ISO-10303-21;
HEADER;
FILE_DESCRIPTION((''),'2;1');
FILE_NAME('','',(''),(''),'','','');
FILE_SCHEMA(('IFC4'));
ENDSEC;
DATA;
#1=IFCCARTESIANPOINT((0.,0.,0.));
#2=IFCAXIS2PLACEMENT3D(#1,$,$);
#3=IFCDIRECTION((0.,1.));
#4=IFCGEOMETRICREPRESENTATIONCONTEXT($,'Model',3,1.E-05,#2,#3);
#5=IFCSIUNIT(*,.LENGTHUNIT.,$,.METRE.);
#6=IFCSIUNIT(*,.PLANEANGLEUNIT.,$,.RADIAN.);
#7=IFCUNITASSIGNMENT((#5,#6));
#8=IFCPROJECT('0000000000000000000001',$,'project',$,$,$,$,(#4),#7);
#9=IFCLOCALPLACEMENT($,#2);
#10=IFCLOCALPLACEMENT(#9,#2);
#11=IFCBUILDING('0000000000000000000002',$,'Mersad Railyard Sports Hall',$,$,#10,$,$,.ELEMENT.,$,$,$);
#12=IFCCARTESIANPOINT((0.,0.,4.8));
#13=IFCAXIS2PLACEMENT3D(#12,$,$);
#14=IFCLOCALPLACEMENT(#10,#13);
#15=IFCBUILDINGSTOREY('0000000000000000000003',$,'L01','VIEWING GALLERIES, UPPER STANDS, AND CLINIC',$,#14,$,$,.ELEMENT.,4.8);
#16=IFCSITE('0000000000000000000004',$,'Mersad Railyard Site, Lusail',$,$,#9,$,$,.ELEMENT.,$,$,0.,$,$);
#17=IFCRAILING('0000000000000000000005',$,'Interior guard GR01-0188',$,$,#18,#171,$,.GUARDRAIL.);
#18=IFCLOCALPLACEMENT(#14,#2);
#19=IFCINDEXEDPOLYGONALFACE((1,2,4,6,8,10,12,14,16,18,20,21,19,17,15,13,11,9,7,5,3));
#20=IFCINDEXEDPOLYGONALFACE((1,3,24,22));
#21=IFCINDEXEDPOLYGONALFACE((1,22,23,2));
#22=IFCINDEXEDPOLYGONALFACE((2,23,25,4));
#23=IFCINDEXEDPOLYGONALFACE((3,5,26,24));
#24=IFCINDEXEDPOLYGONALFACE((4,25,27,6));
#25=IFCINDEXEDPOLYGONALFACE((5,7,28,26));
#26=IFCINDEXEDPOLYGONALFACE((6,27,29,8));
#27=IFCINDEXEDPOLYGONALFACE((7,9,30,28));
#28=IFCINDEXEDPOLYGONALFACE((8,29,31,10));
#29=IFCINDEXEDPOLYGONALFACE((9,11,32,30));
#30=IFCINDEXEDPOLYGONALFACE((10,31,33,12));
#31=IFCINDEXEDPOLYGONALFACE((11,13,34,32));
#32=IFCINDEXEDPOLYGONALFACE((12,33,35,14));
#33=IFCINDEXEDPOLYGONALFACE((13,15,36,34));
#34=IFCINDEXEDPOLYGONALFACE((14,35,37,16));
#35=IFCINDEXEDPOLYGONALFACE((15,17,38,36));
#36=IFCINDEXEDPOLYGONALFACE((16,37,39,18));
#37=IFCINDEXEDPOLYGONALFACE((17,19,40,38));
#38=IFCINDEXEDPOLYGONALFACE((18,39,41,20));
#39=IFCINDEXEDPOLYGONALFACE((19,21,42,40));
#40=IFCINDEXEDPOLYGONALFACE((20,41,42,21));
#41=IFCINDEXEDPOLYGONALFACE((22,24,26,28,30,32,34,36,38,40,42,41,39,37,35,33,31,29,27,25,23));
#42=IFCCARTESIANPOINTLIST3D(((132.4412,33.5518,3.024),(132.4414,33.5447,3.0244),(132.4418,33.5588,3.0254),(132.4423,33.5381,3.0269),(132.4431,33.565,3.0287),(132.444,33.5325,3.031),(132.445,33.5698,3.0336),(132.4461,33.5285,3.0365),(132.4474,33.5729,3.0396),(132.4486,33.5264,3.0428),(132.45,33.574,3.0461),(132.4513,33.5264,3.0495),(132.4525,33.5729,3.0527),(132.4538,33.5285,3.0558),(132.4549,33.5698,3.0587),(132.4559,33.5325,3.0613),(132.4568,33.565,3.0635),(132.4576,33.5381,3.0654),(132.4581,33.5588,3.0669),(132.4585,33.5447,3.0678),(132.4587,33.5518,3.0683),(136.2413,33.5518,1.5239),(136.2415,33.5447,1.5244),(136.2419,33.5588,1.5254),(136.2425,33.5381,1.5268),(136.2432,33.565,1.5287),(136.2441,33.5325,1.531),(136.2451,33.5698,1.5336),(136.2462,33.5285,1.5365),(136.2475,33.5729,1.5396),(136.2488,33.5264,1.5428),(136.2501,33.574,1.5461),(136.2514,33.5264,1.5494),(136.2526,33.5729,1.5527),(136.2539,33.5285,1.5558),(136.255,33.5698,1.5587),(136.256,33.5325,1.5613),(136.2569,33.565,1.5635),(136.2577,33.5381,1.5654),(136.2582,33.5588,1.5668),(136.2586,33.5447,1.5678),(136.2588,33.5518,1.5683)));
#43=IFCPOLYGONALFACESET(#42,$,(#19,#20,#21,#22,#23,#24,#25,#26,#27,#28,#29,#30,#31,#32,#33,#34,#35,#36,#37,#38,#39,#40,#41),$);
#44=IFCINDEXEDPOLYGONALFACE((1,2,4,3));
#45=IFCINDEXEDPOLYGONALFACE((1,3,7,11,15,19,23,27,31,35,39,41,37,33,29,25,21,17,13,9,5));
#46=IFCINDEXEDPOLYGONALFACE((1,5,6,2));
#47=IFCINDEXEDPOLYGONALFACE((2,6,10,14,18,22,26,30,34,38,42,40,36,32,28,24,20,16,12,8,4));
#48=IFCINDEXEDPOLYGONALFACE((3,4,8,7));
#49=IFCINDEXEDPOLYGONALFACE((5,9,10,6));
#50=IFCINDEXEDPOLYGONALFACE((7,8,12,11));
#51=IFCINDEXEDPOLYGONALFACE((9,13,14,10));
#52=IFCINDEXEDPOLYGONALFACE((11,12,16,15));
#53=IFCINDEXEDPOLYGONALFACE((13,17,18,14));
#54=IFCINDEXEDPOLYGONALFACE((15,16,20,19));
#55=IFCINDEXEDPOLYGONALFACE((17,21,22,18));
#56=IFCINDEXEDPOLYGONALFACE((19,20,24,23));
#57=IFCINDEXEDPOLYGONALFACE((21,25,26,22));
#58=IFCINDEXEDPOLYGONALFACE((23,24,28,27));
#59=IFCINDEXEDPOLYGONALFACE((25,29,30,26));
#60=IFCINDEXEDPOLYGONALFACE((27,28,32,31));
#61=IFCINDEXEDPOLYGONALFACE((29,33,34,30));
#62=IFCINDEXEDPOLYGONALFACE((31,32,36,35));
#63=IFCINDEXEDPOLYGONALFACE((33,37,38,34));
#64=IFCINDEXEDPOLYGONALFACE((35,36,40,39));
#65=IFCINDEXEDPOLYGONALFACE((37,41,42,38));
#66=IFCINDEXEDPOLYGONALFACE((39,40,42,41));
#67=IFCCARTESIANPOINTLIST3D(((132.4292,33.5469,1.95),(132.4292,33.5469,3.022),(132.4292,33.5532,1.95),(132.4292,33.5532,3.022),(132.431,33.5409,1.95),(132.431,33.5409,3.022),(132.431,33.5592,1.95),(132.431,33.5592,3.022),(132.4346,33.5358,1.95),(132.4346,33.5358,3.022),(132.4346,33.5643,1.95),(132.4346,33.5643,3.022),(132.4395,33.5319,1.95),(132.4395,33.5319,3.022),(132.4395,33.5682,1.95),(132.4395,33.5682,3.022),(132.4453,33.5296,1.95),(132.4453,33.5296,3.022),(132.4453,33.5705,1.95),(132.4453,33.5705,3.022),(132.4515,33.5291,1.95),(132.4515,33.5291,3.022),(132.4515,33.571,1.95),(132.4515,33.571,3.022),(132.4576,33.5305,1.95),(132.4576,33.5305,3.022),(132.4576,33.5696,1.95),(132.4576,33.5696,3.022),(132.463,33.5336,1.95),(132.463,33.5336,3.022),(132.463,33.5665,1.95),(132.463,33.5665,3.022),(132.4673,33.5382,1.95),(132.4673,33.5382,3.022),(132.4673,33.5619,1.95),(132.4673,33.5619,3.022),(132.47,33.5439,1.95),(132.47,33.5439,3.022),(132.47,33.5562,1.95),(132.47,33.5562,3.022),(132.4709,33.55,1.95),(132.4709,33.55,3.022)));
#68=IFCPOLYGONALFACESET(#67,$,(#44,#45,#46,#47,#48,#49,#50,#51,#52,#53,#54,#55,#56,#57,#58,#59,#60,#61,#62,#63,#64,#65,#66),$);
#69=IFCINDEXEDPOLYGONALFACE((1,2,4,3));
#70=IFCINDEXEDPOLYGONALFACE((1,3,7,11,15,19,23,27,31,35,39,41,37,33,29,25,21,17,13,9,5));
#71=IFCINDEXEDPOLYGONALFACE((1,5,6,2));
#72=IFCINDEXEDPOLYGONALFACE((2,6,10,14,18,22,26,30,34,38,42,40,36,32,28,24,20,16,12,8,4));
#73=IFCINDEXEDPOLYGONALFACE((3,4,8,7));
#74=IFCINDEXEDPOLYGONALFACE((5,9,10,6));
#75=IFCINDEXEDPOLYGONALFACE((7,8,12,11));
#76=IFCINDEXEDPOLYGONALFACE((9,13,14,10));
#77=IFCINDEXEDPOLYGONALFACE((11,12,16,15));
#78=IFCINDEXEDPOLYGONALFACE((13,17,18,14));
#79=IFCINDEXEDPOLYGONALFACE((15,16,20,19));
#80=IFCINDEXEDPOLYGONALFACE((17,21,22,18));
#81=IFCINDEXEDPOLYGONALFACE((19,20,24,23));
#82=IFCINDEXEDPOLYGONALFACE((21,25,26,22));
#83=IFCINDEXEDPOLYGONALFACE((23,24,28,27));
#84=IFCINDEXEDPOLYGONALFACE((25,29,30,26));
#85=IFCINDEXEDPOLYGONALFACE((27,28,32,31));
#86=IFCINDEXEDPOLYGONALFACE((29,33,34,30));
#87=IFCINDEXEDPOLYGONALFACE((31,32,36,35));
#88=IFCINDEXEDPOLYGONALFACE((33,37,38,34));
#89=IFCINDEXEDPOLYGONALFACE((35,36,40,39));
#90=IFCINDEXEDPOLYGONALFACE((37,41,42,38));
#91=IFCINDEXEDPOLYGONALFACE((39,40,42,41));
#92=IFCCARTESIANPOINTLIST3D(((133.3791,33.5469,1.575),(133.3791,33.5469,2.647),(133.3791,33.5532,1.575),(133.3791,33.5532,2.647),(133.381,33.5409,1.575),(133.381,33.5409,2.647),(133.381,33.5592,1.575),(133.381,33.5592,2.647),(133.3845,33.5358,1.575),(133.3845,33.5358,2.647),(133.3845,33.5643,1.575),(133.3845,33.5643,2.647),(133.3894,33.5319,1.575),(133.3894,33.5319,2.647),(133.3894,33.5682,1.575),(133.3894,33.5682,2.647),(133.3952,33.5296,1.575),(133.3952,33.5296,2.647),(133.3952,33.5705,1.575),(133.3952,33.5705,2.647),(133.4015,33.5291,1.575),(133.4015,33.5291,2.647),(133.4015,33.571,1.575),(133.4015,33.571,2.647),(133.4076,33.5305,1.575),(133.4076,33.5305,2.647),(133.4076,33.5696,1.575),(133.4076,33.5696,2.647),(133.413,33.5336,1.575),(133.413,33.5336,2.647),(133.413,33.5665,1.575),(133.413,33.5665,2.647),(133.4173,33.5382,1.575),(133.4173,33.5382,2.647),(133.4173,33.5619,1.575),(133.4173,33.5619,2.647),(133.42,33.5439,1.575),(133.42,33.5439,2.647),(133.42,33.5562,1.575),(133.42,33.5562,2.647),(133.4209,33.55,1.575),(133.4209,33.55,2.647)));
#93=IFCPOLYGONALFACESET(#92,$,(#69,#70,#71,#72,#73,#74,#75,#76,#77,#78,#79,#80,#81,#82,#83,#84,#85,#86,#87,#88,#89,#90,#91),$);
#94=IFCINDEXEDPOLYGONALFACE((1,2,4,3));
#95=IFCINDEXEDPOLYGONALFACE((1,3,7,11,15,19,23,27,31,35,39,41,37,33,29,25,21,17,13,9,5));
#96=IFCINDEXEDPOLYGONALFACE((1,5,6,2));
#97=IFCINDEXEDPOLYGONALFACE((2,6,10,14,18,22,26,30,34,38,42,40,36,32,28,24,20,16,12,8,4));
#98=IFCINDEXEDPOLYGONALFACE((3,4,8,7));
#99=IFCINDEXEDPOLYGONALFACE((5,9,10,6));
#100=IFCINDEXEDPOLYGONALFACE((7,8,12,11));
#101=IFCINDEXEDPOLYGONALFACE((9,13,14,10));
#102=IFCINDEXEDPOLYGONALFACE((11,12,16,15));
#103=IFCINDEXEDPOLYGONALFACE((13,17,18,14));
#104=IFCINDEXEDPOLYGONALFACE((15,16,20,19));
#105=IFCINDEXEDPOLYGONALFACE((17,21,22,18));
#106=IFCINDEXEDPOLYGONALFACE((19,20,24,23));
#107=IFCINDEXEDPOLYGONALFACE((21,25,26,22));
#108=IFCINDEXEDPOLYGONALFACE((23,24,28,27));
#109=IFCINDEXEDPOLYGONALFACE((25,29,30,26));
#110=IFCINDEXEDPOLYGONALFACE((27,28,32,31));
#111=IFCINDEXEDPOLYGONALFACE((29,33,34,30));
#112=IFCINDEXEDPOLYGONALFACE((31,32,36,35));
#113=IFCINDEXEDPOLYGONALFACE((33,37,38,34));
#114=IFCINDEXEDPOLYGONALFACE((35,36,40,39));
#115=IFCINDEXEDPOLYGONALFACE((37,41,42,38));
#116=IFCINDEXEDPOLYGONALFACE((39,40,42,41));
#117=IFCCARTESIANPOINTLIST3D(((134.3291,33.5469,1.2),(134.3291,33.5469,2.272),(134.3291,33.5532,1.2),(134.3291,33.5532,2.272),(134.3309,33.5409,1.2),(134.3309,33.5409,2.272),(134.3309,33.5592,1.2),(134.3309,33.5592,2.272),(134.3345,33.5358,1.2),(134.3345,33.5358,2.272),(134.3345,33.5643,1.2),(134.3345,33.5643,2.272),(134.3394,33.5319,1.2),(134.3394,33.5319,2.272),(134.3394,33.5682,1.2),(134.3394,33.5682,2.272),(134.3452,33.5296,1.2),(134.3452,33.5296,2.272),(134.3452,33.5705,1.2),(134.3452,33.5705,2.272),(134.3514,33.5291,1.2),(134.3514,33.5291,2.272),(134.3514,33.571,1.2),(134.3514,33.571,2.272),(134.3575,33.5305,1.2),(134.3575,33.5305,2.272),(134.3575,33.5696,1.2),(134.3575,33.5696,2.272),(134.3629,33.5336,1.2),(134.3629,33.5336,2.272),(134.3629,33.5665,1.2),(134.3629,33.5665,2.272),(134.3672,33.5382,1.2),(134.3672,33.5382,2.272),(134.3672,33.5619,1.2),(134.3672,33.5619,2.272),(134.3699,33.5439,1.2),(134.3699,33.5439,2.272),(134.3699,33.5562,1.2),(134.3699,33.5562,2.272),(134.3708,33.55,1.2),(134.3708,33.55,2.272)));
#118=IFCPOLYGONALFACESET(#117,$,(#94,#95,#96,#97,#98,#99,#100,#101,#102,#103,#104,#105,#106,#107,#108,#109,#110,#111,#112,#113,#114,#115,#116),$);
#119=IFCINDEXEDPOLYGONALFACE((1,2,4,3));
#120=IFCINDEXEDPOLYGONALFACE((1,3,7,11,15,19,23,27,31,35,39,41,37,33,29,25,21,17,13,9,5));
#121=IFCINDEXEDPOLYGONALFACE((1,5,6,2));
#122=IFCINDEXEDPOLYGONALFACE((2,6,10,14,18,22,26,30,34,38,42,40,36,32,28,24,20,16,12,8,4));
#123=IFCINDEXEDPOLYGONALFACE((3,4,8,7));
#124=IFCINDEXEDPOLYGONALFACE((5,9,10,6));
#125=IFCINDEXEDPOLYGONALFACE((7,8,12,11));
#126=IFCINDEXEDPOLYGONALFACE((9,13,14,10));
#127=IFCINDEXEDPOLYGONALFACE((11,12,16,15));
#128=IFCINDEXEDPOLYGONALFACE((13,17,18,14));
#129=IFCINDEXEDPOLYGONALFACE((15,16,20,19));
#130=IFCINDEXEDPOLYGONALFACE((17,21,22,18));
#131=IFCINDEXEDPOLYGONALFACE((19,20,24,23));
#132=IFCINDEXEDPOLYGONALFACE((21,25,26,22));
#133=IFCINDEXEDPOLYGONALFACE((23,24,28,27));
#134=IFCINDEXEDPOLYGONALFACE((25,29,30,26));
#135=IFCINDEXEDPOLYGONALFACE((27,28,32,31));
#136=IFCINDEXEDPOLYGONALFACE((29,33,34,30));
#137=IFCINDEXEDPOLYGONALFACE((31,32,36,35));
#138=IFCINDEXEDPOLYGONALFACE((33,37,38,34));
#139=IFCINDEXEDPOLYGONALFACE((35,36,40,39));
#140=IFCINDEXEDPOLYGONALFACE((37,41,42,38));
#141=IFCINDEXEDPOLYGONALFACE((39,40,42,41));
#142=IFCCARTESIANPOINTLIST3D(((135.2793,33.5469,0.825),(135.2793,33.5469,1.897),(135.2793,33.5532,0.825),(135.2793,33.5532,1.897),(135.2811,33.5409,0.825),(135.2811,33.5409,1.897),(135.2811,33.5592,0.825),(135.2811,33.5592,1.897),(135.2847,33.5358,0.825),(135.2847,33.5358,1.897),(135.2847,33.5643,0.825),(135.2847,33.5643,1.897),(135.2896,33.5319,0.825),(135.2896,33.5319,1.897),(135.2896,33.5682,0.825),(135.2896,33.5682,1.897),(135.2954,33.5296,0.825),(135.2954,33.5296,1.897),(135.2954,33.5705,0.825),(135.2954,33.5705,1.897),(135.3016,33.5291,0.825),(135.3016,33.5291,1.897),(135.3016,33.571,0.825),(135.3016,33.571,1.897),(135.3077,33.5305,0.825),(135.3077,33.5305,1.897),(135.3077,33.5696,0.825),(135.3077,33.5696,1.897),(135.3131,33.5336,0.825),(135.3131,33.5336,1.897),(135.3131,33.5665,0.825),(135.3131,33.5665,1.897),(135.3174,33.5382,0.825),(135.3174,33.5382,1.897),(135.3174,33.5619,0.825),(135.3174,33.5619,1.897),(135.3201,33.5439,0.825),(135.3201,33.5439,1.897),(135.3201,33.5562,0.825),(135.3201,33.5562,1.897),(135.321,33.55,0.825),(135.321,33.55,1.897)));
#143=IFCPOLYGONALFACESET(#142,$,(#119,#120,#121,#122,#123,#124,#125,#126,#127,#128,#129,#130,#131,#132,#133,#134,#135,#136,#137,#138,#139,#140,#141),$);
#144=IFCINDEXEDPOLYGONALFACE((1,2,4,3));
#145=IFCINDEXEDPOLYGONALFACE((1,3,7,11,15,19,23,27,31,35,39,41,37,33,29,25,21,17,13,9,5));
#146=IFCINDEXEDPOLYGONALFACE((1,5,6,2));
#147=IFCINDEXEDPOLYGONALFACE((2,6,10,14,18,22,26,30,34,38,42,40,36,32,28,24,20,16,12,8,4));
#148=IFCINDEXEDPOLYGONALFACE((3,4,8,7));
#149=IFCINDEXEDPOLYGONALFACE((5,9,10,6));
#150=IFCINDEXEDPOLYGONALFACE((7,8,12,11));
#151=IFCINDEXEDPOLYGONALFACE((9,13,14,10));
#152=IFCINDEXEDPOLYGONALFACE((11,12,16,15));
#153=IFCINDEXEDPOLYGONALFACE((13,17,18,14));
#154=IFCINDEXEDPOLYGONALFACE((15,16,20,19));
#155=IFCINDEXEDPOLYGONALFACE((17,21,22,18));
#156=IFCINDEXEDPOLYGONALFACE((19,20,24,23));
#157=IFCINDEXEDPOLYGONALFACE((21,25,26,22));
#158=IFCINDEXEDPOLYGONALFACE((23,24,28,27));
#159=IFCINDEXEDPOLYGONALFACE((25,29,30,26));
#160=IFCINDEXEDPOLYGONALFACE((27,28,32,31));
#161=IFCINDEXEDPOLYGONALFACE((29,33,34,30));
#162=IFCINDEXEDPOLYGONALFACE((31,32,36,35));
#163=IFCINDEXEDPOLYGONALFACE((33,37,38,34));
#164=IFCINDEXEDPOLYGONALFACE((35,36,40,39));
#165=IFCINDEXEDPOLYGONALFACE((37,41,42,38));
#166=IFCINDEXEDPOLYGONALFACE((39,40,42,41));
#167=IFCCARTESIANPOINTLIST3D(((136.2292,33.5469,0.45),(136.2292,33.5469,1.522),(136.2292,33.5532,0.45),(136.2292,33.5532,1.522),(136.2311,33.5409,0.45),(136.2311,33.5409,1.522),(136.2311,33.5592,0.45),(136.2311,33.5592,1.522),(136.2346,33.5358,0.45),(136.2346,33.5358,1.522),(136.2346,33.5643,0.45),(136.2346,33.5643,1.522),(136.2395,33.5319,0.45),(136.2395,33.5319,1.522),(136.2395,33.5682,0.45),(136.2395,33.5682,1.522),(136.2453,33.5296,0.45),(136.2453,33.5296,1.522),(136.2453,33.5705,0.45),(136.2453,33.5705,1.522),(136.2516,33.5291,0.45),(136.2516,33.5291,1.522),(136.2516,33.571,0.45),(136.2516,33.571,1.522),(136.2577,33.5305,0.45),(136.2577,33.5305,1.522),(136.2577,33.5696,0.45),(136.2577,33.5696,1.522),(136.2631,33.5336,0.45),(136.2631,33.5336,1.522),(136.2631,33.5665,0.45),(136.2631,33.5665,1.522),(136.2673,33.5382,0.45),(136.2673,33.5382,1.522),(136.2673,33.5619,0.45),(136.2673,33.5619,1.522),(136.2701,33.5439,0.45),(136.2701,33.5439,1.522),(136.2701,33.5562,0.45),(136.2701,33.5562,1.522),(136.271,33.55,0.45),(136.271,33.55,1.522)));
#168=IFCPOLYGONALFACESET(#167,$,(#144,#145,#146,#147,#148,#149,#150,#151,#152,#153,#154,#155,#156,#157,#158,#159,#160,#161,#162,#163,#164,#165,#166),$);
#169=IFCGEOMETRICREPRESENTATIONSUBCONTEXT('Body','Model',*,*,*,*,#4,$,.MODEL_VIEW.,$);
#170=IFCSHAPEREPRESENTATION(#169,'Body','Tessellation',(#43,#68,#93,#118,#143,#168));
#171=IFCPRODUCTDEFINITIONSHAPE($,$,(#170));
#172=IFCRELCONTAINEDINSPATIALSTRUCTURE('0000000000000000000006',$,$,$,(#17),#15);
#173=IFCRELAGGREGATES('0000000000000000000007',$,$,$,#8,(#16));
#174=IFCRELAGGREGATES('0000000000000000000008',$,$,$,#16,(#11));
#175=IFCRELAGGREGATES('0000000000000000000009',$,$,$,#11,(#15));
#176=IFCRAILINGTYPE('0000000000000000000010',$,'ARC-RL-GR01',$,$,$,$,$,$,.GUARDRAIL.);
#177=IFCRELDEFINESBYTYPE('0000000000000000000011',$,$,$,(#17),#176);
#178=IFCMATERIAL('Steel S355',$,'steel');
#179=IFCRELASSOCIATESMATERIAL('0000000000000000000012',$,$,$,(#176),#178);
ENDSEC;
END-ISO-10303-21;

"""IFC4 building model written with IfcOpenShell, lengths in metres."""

from ifc_helpers import new_model, si_unit, direction, frame, origin, origin_2d, place, context, subcontext, project, spatial, circle, extrude, material, type_object, element, save


model = new_model("IFC4")

# Units and contexts
model_context = context("Model", 3, precision=1e-05, world=origin(), true_north=direction((0.0, 1.0)))
body_context = subcontext(model_context, "Body", "Model", "MODEL_VIEW")
ifc_project = project(units=[si_unit("LENGTHUNIT", "METRE"), si_unit("PLANEANGLEUNIT", "RADIAN")], contexts=[model_context])

# Site, building, storey
site_placement = place(None, origin())
site = spatial("IfcSite", under=ifc_project, at=site_placement, Name="Mersad Railyard Site, Lusail", CompositionType="ELEMENT", RefElevation=0.0)
building_placement = place(site_placement, origin())
building = spatial("IfcBuilding", under=site, at=building_placement, Name="Mersad Railyard Sports Hall", CompositionType="ELEMENT")
storey_placement = place(building_placement, frame((0.0, 0.0, 4.8)))
storey = spatial("IfcBuildingStorey", under=building, at=storey_placement, Name="L01", Description="VIEWING GALLERIES, UPPER STANDS, AND CLINIC", CompositionType="ELEMENT", Elevation=4.8)

# Railing
ifc_material_1 = material(Name="Steel S355", Category="steel")
railing_type = type_object("IfcRailingType", Name="ARC-RL-GR01", PredefinedType="GUARDRAIL", material=ifc_material_1)
railing_1_placement = place(storey_placement, frame((132.45, 33.55, 1.95)))
element("IfcRailing", 1, at=railing_1_placement, inside=storey, type_object=railing_type, Name="Interior guard GR01-0188", PredefinedType="GUARDRAIL", context=body_context, shape_type="SweptSolid", body=[
    extrude(circle(Radius=0.0239, at=origin_2d()), frame((0.0, 0.0, 1.0962), z_axis=(0.930157, 0.0, -0.367162), x_axis=(0.0, 1.0, 0.0)), (0.0, 0.0, 1.0), 4.0854),
    extrude(circle(Radius=0.021, at=origin_2d()), origin(), (0.0, 0.0, 1.0), 1.072),
    extrude(circle(Radius=0.021, at=origin_2d()), frame((0.95, 0.0, -0.375)), (0.0, 0.0, 1.0), 1.072),
    extrude(circle(Radius=0.021, at=origin_2d()), frame((1.8999, 0.0, -0.75)), (0.0, 0.0, 1.0), 1.072),
    extrude(circle(Radius=0.021, at=origin_2d()), frame((2.8501, 0.0, -1.125)), (0.0, 0.0, 1.0), 1.072),
    extrude(circle(Radius=0.021, at=origin_2d()), frame((3.8, 0.0, -1.5)), (0.0, 0.0, 1.0), 1.072),
])

save(model, "model.ifc")
